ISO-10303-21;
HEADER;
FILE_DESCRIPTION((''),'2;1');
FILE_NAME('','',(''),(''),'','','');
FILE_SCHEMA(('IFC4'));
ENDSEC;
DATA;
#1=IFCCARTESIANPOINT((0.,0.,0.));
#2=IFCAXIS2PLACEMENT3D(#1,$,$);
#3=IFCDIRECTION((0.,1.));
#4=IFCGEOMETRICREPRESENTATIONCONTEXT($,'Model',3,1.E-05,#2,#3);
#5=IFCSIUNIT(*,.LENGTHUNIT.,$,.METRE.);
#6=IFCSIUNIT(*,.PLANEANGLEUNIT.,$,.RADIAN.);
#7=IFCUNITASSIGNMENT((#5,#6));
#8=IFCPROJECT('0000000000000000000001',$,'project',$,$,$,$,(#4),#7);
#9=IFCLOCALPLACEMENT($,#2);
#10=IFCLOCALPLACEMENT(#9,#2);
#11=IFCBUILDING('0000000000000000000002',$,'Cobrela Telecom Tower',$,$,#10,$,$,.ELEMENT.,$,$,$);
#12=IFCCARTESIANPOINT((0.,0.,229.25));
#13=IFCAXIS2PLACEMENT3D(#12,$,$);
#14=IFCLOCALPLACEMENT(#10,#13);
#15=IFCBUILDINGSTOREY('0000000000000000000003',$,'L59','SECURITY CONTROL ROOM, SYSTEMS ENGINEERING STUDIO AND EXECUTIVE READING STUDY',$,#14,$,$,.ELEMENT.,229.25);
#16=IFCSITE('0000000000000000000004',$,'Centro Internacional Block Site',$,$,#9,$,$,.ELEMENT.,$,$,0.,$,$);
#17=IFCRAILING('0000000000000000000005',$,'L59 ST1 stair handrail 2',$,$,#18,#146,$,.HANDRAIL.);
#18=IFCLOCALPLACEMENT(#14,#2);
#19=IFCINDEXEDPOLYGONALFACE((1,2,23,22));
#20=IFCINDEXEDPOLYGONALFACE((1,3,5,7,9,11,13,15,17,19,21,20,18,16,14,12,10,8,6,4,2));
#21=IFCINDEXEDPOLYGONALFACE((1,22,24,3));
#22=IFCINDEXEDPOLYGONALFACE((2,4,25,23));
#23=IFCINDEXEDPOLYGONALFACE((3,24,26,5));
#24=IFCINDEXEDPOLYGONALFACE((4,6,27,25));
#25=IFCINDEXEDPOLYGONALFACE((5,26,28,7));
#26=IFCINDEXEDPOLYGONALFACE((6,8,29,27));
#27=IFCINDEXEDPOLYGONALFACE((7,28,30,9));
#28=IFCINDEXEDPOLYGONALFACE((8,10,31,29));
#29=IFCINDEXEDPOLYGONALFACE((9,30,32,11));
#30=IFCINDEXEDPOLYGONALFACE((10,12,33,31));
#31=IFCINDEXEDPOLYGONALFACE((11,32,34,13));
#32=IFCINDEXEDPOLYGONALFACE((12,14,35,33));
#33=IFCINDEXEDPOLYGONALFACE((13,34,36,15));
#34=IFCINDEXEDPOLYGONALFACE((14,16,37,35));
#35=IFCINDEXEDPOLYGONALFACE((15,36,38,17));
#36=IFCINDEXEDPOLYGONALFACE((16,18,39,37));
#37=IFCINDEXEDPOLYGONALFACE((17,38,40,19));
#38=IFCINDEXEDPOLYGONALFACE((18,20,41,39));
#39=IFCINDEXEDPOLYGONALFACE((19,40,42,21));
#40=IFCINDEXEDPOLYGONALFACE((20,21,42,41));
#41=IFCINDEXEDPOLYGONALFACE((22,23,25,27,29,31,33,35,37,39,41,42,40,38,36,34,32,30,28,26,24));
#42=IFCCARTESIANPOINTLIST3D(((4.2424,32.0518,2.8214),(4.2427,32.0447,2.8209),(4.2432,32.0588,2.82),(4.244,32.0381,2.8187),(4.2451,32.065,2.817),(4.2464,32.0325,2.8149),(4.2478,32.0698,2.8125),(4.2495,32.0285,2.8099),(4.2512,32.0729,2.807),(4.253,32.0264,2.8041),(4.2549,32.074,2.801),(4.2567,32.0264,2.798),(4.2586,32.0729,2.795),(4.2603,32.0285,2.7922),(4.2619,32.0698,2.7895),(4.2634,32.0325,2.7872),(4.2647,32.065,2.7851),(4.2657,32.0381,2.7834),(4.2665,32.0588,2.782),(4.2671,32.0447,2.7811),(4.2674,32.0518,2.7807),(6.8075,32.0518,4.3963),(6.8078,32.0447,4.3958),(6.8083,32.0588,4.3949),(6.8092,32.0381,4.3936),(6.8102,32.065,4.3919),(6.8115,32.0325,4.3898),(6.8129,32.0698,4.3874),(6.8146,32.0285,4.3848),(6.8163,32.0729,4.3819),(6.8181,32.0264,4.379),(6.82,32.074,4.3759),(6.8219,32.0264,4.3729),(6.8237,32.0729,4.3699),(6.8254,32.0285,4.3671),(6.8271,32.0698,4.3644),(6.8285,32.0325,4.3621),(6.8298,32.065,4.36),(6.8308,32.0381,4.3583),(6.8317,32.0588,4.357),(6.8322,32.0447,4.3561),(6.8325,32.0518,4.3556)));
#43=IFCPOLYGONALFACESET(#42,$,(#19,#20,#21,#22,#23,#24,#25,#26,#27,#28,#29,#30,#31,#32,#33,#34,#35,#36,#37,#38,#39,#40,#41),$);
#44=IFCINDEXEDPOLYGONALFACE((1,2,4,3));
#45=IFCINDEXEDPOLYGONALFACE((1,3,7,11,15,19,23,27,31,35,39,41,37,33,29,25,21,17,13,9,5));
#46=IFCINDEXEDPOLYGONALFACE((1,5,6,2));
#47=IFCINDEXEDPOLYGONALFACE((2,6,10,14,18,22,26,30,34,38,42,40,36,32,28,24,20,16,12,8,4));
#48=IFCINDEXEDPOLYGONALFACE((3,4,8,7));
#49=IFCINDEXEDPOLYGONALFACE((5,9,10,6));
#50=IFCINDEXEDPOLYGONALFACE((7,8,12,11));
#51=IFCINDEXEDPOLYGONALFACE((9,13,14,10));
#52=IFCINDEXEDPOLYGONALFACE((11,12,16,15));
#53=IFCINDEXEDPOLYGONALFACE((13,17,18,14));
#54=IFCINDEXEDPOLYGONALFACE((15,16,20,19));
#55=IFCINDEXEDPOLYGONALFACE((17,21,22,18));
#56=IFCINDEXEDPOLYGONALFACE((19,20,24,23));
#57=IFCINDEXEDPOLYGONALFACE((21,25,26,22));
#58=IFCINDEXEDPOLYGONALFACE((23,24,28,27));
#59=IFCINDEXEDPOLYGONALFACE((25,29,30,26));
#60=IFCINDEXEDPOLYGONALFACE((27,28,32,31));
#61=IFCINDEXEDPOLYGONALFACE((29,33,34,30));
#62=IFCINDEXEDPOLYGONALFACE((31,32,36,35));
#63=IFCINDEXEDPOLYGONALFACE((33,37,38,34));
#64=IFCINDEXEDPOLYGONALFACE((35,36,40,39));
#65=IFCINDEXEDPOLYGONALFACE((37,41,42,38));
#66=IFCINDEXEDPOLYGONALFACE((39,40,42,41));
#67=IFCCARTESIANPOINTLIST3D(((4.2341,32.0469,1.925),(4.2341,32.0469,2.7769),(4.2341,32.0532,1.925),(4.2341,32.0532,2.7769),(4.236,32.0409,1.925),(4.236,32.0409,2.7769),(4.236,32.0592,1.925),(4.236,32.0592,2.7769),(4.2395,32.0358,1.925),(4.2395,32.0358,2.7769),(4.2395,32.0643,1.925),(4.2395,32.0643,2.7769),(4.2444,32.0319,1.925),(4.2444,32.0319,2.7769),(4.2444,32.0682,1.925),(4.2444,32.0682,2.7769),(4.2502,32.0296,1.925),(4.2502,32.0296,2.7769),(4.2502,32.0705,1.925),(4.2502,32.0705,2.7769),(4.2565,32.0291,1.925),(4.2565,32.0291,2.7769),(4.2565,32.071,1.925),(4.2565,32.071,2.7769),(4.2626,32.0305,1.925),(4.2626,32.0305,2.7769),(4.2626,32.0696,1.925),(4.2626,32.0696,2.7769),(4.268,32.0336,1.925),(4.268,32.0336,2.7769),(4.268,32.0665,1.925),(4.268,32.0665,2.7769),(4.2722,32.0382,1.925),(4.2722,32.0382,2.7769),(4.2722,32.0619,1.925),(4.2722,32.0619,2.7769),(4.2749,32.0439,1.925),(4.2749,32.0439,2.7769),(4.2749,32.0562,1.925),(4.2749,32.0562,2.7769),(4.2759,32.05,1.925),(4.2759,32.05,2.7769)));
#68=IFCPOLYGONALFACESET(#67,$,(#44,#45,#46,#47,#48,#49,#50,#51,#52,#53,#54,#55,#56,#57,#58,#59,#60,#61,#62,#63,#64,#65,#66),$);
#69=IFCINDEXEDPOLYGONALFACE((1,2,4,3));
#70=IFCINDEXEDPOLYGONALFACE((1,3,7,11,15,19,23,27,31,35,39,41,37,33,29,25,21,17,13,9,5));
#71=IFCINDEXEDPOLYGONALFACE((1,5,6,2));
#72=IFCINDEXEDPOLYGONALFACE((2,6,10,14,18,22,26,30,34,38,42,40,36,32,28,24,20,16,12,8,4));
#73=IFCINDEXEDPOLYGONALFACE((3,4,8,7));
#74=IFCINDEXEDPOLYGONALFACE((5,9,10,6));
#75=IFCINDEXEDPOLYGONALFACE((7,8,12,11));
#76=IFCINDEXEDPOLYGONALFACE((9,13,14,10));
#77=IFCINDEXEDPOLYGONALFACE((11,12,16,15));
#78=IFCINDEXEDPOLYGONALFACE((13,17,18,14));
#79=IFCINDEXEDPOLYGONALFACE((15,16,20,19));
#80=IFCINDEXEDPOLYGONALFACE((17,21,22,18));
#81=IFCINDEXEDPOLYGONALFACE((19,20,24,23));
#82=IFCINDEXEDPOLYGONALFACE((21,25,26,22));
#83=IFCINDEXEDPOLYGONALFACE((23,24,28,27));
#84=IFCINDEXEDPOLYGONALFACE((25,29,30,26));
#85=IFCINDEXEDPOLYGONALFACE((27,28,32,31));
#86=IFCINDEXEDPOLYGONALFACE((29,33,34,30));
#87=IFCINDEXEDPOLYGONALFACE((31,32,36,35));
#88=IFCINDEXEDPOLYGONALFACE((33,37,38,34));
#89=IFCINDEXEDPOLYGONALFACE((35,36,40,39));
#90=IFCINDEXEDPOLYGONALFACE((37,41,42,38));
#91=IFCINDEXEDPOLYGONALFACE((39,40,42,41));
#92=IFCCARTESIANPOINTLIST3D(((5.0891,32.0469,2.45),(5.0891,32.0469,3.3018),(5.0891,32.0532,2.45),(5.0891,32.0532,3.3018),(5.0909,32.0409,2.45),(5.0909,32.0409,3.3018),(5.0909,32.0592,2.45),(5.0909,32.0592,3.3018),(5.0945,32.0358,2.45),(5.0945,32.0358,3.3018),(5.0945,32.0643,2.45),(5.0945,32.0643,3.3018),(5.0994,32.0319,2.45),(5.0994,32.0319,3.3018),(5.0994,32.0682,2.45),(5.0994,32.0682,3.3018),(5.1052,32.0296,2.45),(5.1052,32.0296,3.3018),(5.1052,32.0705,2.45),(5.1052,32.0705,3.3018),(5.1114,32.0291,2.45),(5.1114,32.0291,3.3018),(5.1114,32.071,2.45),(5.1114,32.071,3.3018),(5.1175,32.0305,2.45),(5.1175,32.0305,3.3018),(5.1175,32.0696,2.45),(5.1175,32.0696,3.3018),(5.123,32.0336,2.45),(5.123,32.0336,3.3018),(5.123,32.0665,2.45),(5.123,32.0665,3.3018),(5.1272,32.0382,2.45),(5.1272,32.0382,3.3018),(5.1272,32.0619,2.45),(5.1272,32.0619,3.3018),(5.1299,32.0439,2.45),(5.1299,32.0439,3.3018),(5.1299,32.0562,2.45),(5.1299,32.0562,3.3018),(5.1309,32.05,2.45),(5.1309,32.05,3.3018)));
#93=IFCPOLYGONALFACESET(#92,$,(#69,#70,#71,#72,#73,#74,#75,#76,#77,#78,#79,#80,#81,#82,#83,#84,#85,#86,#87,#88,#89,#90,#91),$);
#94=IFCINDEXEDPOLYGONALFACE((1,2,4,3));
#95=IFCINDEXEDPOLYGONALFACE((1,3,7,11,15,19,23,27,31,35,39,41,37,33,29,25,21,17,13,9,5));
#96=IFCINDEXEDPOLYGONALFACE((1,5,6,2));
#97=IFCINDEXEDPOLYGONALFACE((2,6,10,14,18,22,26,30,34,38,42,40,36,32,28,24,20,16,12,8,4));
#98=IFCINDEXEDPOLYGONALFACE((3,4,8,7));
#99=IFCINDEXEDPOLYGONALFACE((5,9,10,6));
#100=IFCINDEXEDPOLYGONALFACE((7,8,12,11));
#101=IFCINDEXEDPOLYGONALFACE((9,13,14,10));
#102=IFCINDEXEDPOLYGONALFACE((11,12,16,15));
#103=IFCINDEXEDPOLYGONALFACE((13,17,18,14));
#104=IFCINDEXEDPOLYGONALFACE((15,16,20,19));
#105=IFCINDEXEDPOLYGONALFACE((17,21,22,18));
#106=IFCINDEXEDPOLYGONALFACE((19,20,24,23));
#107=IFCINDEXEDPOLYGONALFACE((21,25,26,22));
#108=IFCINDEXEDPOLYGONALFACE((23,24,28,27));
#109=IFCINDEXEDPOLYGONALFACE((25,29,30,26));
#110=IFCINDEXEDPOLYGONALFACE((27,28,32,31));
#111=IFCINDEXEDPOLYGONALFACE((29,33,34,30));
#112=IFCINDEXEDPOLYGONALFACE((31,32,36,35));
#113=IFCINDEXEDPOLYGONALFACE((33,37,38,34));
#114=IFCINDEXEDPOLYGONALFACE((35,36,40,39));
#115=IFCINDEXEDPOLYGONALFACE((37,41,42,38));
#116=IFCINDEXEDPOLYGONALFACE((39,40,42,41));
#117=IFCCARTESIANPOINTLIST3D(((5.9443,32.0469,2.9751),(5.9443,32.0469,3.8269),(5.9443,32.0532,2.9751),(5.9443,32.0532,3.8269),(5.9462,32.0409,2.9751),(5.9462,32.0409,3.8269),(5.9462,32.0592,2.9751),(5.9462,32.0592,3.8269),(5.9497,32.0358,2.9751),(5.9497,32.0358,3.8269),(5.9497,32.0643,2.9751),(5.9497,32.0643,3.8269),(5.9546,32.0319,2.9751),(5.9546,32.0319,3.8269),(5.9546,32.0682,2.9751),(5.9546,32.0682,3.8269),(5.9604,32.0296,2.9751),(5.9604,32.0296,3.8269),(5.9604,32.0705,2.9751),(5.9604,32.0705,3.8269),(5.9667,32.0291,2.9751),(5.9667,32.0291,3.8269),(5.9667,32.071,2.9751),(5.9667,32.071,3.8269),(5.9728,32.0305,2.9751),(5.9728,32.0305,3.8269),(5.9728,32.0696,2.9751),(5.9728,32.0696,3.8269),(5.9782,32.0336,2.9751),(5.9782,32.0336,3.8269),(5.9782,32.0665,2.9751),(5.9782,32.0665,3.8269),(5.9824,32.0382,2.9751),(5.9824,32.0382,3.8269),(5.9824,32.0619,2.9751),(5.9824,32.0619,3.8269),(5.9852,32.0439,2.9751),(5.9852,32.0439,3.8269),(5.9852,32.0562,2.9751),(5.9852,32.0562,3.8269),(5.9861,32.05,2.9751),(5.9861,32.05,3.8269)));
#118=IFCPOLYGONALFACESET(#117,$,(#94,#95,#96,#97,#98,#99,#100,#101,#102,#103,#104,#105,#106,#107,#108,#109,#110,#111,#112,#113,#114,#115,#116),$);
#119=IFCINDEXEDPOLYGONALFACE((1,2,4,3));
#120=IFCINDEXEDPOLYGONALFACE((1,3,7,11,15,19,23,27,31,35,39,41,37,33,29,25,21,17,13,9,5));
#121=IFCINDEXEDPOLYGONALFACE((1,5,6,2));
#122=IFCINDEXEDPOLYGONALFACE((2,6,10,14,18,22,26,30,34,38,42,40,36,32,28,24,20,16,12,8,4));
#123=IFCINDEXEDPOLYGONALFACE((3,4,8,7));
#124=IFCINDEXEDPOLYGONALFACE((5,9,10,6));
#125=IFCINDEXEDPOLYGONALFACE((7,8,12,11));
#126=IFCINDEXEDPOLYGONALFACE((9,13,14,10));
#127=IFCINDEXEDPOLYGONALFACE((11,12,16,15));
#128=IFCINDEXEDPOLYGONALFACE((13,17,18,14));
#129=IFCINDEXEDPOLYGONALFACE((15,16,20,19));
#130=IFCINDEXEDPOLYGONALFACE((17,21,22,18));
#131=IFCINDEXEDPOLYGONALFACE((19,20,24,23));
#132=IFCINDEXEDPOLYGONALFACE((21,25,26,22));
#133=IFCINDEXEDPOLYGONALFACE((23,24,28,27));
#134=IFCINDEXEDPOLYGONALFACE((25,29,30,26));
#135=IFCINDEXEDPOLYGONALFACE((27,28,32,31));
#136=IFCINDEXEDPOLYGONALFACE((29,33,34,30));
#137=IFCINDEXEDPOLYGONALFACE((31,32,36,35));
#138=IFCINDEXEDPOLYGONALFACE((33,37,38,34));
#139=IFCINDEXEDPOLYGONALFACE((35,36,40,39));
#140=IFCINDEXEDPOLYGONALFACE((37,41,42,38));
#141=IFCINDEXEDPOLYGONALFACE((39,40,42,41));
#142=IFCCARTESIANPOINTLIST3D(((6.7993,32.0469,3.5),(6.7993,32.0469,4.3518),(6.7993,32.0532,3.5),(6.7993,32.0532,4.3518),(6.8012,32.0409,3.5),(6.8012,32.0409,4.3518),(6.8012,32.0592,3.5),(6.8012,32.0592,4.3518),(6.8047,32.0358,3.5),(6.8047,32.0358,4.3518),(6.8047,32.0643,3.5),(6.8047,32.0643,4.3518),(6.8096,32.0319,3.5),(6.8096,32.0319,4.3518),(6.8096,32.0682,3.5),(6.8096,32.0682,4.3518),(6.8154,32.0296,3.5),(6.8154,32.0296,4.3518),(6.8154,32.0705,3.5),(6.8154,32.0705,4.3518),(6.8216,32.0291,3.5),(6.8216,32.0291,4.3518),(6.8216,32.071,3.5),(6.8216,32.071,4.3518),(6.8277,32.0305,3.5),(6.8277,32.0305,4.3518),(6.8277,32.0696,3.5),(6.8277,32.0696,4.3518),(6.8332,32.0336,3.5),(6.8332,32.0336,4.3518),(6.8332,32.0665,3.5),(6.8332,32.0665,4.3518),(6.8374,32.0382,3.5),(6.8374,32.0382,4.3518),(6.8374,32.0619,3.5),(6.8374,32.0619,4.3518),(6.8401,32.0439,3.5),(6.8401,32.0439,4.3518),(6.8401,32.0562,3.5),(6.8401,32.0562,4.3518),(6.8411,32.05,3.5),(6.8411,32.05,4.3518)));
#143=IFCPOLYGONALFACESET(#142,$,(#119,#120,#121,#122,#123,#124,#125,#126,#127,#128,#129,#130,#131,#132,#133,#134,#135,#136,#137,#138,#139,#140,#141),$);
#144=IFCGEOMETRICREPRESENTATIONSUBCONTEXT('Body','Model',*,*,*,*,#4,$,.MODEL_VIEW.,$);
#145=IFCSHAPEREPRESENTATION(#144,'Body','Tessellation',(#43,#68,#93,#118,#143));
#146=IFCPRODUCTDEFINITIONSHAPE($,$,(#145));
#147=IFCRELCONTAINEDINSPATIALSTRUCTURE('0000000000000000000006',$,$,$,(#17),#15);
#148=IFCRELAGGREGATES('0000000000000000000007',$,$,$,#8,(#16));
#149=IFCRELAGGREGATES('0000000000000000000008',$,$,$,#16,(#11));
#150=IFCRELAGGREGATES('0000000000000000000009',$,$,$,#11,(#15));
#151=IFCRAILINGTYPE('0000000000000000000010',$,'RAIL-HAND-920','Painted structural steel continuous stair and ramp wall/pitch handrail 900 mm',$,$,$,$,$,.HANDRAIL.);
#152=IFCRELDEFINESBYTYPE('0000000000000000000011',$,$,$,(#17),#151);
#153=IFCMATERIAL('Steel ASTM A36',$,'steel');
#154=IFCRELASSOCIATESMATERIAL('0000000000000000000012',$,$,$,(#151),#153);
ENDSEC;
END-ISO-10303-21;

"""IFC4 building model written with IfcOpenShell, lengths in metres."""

from ifc_helpers import new_model, si_unit, direction, frame, origin, origin_2d, place, context, subcontext, project, spatial, circle, extrude, material, type_object, element, save


model = new_model("IFC4")

# Units and contexts
model_context = context("Model", 3, precision=1e-05, world=origin(), true_north=direction((0.0, 1.0)))
body_context = subcontext(model_context, "Body", "Model", "MODEL_VIEW")
ifc_project = project(units=[si_unit("LENGTHUNIT", "METRE"), si_unit("PLANEANGLEUNIT", "RADIAN")], contexts=[model_context])

# Site, building, storey
site_placement = place(None, origin())
site = spatial("IfcSite", under=ifc_project, at=site_placement, Name="Centro Internacional Block Site", CompositionType="ELEMENT", RefElevation=0.0)
building_placement = place(site_placement, origin())
building = spatial("IfcBuilding", under=site, at=building_placement, Name="Cobrela Telecom Tower", CompositionType="ELEMENT")
storey_placement = place(building_placement, frame((0.0, 0.0, 229.25)))
storey = spatial("IfcBuildingStorey", under=building, at=storey_placement, Name="L59", Description="SECURITY CONTROL ROOM, SYSTEMS ENGINEERING STUDIO AND EXECUTIVE READING STUDY", CompositionType="ELEMENT", Elevation=229.25)

# Shared definitions
ifc_material_1 = material(Name="Steel ASTM A36", Category="steel")

# Railing
railing_type_1 = type_object("IfcRailingType", Name="RAIL-HAND-920", Description="Painted structural steel continuous stair and ramp wall/pitch handrail 900 mm", PredefinedType="HANDRAIL", material=ifc_material_1)
railing_1_placement = place(storey_placement, frame((4.2549, 32.05, 1.925)))
element("IfcRailing", 1, at=railing_1_placement, inside=storey, type_object=railing_type_1, Name="L59 ST1 stair handrail 2", PredefinedType="HANDRAIL", context=body_context, shape_type="SweptSolid", body=[
    extrude(circle(Radius=0.0239, at=origin_2d()), frame((0.0, 0.0, 0.876), z_axis=(0.852195, 0.0, 0.523224), x_axis=(0.0, 1.0, 0.0)), (0.0, 0.0, 1.0), 3.01),
    extrude(circle(Radius=0.021, at=origin_2d()), origin(), (0.0, 0.0, 1.0), 0.8518),
    extrude(circle(Radius=0.021, at=origin_2d()), frame((0.855, 0.0, 0.5249)), (0.0, 0.0, 1.0), 0.8518),
    extrude(circle(Radius=0.021, at=origin_2d()), frame((1.7102, 0.0, 1.05)), (0.0, 0.0, 1.0), 0.8518),
    extrude(circle(Radius=0.021, at=origin_2d()), frame((2.5652, 0.0, 1.575)), (0.0, 0.0, 1.0), 0.8518),
])

save(model, "model.ifc")
